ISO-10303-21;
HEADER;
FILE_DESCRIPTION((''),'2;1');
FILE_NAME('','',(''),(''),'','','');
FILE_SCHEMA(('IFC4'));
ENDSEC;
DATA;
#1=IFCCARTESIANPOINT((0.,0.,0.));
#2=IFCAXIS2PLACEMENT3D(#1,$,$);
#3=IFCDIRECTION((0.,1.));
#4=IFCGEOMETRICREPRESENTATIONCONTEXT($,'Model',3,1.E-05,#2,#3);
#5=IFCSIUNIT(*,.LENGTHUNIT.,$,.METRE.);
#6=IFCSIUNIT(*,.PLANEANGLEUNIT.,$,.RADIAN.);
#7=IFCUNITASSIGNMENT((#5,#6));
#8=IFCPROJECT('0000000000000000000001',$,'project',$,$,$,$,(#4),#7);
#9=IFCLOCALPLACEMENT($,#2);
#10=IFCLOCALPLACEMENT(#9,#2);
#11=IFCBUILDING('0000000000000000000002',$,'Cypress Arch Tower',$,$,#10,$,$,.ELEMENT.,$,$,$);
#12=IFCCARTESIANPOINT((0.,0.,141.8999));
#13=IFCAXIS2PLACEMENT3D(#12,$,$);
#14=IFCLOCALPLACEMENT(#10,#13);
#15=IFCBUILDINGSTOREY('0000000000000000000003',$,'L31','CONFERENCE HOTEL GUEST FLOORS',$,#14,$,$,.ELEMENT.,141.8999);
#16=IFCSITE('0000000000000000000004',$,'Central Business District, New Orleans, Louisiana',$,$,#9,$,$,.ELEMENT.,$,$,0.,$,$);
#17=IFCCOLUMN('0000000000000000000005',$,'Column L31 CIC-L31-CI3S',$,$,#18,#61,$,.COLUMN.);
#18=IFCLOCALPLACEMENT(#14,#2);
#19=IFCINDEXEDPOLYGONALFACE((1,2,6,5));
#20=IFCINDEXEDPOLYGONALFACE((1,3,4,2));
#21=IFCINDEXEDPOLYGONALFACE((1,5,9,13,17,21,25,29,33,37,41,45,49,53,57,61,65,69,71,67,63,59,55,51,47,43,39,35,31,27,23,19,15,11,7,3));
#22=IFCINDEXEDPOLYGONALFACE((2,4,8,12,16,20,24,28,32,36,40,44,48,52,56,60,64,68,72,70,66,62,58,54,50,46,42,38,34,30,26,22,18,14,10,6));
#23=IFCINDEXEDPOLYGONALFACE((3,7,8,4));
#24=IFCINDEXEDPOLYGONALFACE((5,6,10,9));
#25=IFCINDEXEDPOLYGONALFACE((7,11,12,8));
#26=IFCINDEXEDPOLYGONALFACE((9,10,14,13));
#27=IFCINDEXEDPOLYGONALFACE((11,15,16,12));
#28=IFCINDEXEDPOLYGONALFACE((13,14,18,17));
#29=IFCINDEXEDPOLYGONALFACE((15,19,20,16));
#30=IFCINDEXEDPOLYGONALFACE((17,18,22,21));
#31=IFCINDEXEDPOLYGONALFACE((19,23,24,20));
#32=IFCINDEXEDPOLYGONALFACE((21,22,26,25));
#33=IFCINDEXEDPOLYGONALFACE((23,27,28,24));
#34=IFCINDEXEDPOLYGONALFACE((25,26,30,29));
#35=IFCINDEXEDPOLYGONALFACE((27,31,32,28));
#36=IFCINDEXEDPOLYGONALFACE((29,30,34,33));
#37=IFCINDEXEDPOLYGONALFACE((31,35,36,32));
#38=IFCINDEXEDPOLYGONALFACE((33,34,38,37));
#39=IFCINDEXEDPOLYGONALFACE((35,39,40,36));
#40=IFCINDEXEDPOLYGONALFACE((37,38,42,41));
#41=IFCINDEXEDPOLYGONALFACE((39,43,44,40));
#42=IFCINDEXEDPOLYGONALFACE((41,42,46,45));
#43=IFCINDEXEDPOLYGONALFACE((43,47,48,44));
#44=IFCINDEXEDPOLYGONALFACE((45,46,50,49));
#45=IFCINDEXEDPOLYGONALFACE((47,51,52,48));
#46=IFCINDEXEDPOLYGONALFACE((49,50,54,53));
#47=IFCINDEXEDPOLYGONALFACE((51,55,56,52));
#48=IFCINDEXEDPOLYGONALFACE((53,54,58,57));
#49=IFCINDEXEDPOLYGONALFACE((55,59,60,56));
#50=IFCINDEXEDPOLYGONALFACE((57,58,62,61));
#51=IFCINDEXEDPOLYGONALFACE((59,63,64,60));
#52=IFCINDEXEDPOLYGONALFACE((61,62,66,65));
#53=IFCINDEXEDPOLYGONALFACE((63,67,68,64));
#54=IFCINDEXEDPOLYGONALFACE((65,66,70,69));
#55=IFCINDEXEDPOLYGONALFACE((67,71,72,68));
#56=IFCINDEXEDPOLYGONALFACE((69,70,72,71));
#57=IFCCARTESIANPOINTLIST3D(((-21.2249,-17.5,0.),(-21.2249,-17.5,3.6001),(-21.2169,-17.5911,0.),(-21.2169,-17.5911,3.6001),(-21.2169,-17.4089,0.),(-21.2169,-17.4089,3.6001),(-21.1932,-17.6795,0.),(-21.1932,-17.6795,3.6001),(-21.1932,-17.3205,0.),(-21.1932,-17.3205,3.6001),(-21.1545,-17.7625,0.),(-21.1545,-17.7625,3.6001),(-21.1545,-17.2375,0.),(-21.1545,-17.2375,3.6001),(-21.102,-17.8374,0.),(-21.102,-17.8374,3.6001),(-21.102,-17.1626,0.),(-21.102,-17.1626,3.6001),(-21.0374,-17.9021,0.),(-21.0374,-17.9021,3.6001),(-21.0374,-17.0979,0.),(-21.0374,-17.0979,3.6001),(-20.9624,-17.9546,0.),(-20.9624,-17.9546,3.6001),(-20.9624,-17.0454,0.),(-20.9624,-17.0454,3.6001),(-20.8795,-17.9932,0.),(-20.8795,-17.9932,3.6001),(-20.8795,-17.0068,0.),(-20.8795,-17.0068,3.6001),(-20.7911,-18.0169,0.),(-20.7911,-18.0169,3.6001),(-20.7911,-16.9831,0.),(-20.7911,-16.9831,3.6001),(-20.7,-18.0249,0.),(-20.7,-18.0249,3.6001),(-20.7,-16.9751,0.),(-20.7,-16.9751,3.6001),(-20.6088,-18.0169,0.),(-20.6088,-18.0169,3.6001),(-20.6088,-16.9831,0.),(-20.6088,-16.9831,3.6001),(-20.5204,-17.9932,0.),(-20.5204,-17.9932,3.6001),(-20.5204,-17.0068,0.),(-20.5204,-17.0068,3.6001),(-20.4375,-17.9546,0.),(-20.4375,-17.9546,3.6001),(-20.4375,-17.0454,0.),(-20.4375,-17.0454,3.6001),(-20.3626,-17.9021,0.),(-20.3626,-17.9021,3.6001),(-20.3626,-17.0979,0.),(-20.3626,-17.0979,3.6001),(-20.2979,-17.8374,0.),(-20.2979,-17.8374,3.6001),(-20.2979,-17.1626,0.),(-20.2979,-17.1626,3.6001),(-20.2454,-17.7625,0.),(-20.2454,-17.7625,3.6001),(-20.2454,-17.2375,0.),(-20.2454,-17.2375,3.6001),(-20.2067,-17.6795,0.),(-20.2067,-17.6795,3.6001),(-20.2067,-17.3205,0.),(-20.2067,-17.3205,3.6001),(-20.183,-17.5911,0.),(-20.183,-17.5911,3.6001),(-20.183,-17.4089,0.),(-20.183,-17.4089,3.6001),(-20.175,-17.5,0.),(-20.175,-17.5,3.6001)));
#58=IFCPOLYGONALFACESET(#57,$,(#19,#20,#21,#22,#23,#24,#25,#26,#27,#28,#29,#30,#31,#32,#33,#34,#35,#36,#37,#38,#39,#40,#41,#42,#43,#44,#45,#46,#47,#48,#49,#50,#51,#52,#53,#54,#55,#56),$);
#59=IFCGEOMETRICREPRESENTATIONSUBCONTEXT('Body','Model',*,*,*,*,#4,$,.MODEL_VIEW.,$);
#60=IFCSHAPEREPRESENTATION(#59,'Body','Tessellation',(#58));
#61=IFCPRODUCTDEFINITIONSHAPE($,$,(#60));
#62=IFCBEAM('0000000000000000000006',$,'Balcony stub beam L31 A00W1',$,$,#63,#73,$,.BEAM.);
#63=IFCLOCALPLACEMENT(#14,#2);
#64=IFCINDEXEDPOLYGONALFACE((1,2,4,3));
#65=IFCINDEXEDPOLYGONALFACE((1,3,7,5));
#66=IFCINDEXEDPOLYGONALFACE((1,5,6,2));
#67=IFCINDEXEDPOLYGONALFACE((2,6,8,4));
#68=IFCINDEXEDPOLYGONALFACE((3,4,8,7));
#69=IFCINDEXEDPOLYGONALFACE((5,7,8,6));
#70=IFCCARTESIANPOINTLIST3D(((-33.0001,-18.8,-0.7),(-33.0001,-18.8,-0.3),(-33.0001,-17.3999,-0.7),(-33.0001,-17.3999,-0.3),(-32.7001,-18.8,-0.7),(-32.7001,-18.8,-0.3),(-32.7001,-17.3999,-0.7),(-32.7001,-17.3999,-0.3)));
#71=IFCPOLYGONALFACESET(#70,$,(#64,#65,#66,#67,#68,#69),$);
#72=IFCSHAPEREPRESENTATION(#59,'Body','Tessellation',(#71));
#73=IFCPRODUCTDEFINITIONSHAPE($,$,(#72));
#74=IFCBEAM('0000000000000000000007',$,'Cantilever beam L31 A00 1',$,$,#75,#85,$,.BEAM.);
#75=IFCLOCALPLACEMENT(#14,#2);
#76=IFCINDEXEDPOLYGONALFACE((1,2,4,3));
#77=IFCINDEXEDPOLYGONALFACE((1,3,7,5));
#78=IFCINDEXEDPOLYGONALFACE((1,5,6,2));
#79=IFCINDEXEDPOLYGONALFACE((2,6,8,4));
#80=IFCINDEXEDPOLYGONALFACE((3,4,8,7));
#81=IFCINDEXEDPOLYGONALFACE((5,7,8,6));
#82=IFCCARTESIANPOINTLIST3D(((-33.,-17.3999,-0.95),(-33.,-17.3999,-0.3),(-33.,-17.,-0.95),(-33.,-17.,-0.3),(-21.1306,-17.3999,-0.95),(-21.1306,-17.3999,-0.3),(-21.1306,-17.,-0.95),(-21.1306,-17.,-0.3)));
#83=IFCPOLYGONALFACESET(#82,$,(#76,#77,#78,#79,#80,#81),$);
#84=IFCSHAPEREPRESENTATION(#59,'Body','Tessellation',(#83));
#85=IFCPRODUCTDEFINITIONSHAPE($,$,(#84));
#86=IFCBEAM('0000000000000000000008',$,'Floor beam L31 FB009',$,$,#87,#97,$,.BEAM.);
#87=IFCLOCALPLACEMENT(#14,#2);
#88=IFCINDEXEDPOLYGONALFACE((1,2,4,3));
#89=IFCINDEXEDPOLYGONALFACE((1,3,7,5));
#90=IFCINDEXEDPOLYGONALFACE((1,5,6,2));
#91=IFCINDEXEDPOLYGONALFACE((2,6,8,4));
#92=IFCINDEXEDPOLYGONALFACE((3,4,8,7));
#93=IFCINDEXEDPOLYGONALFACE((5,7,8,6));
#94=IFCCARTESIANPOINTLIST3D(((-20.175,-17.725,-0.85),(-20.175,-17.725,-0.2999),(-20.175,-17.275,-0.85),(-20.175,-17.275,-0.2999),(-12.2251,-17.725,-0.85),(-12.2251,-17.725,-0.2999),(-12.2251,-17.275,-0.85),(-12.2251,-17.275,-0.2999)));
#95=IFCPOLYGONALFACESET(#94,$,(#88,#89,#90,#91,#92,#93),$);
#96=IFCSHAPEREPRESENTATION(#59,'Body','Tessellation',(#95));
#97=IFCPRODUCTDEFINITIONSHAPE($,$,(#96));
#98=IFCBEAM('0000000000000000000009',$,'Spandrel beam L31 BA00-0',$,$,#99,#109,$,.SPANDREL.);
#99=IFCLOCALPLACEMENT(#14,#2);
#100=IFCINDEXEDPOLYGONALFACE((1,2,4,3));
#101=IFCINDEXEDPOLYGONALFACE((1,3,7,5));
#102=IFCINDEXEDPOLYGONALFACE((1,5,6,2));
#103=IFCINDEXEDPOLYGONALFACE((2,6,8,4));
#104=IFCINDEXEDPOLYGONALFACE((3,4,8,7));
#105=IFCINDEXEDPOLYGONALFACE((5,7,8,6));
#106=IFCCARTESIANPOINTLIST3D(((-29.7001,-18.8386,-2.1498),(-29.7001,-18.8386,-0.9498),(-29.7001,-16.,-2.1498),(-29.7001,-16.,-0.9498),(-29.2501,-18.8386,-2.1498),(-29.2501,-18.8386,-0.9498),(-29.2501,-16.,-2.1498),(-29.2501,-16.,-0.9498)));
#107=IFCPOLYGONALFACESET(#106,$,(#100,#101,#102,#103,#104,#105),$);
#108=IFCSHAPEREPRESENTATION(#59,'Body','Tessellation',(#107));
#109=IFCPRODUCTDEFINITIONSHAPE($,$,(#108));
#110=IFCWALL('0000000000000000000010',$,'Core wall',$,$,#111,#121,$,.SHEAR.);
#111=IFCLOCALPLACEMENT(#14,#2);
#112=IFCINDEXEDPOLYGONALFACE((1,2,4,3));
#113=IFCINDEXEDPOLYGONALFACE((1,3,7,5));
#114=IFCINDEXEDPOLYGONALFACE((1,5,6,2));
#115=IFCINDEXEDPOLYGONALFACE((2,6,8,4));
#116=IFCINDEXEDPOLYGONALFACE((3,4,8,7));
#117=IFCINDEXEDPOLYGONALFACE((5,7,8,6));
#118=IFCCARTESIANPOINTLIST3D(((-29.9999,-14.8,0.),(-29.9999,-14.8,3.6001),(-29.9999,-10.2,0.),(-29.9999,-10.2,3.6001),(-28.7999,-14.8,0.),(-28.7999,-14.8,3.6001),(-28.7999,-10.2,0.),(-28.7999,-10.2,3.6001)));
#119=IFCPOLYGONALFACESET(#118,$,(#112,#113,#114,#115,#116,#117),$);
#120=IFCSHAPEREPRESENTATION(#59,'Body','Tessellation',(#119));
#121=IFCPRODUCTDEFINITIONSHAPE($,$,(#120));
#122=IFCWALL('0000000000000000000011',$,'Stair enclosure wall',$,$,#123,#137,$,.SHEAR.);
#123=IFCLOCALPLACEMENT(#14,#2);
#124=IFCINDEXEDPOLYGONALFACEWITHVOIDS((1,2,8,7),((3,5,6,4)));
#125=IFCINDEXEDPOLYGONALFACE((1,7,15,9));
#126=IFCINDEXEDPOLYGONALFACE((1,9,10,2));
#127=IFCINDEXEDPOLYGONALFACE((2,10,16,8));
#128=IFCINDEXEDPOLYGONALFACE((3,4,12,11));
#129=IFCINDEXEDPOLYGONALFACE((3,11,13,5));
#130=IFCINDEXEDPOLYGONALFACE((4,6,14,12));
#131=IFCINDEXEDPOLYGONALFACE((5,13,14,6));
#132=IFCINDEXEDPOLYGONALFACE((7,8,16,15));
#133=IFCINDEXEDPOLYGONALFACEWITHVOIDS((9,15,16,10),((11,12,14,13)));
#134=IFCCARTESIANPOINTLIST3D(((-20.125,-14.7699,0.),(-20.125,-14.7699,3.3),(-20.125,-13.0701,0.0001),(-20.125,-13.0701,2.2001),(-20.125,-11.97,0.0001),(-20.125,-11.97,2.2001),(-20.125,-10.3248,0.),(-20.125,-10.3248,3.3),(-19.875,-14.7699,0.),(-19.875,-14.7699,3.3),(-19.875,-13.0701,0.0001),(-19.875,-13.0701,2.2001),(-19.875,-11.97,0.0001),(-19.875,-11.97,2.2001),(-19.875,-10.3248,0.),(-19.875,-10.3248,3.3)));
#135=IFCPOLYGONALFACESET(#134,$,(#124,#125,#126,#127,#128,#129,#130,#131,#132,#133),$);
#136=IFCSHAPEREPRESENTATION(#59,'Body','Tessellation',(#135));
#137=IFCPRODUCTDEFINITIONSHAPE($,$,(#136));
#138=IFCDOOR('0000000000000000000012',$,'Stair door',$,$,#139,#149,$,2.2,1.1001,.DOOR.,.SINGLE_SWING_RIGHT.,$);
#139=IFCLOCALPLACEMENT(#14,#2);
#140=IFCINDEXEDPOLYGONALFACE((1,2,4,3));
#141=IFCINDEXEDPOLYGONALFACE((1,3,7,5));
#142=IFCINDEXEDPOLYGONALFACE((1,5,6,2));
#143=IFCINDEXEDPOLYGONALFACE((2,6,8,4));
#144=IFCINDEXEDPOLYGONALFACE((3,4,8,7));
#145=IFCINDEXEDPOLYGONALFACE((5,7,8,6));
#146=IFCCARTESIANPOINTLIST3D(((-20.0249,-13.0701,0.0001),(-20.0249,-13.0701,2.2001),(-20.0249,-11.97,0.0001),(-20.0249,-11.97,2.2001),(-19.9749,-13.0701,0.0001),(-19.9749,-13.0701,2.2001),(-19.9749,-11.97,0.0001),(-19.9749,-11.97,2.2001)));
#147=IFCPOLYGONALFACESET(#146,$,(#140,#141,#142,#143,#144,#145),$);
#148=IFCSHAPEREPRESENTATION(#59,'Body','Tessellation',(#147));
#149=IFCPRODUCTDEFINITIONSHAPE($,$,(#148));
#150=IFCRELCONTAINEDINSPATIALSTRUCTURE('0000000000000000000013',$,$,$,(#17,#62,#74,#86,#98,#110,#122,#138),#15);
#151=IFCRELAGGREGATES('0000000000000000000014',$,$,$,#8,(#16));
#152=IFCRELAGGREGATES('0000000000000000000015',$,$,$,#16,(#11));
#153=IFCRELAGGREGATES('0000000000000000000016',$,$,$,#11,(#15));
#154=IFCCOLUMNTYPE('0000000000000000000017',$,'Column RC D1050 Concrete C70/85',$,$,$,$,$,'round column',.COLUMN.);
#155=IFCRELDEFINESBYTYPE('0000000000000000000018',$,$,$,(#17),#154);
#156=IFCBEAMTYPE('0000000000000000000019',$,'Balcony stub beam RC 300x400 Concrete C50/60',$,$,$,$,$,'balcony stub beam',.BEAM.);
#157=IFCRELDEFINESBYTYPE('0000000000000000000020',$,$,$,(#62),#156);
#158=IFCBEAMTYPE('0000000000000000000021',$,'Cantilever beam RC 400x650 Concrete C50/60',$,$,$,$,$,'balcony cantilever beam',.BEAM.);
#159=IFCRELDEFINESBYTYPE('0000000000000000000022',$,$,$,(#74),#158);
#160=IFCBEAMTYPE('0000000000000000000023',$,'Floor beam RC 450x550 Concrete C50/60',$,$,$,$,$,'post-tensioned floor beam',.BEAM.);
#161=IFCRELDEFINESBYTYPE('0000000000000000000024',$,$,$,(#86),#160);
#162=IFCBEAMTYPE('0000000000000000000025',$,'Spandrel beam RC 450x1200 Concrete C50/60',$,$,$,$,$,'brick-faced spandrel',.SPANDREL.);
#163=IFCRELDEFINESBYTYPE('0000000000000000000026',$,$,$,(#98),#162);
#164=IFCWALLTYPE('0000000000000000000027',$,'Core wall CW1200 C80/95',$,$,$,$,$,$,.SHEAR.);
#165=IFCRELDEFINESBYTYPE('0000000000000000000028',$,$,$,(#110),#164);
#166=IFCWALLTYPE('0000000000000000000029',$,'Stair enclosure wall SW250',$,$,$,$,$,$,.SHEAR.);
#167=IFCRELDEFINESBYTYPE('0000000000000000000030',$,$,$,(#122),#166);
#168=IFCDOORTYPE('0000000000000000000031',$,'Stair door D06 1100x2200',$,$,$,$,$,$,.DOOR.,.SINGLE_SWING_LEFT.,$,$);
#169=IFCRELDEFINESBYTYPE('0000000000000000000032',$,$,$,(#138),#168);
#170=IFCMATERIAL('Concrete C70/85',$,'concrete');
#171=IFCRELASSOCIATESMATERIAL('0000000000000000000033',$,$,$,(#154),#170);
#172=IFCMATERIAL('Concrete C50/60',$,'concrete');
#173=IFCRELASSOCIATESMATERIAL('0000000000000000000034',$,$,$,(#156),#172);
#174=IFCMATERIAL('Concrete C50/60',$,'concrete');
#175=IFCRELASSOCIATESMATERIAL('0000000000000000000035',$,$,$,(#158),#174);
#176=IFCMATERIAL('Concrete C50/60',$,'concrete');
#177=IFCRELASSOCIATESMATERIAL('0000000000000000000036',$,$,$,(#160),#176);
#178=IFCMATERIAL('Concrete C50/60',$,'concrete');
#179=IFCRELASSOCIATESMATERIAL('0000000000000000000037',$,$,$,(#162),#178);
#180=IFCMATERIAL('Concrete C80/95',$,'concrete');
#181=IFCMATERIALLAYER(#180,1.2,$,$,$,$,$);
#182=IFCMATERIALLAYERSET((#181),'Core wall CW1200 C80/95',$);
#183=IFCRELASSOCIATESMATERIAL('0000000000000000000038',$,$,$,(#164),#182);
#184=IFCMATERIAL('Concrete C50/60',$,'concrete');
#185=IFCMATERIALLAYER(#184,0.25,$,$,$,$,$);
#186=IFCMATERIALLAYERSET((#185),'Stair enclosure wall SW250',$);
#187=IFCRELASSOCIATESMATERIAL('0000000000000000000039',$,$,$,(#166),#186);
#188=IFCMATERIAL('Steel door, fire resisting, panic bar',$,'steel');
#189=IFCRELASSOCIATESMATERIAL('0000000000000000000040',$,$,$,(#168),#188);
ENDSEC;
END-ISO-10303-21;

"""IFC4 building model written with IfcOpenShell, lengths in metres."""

from ifc_helpers import new_model, si_unit, direction, frame, frame_2d, origin, origin_2d, place, context, subcontext, project, spatial, rectangle, circle, extrude, material, layer, layer_set, material_profile, profile_set, type_object, element, fill, save


model = new_model("IFC4")

# Units and contexts
model_context = context("Model", 3, precision=1e-05, world=origin(), true_north=direction((0.0, 1.0)))
body_context = subcontext(model_context, "Body", "Model", "MODEL_VIEW")
ifc_project = project(units=[si_unit("LENGTHUNIT", "METRE"), si_unit("PLANEANGLEUNIT", "RADIAN")], contexts=[model_context])

# Site, building, storey
site_placement = place(None, origin())
site = spatial("IfcSite", under=ifc_project, at=site_placement, Name="Central Business District, New Orleans, Louisiana", CompositionType="ELEMENT", RefElevation=0.0)
building_placement = place(site_placement, origin())
building = spatial("IfcBuilding", under=site, at=building_placement, Name="Cypress Arch Tower", CompositionType="ELEMENT")
storey_placement = place(building_placement, frame((0.0, 0.0, 141.8999)))
storey = spatial("IfcBuildingStorey", under=building, at=storey_placement, Name="L31", Description="CONFERENCE HOTEL GUEST FLOORS", CompositionType="ELEMENT", Elevation=141.8999)

# Column
ifc_material_1 = material(Name="Concrete C70/85", Category="concrete")
ifc_material_profile_1 = material_profile(ifc_material_1, circle(Radius=0.5249, at=origin_2d()), Name="RC D1050")
ifc_profile_set_1 = profile_set([ifc_material_profile_1], Name="Concrete C70/85")
column_type = type_object("IfcColumnType", Name="Column RC D1050 Concrete C70/85", ElementType="round column", PredefinedType="COLUMN", material=ifc_profile_set_1)
column_placement = place(storey_placement, frame((-20.7, -17.5, 0.0), z_axis=(0.0, 0.0, 1.0), x_axis=(1.0, 0.0, 0.0)))
element("IfcColumn", 1, at=column_placement, inside=storey, type_object=column_type, Name="Column L31 CIC-L31-CI3S", PredefinedType="COLUMN", context=body_context, shape_type="SweptSolid", body=[
    extrude(circle(Radius=0.5249, at=origin_2d()), origin(), (0.0, 0.0, 1.0), 3.6001),
])

# Beams
ifc_material_2 = material(Name="Concrete C50/60", Category="concrete")
ifc_material_profile_2 = material_profile(ifc_material_2, rectangle(XDim=0.3, YDim=0.3999, at=origin_2d()), Name="RC 300x400")
ifc_profile_set_2 = profile_set([ifc_material_profile_2], Name="Concrete C50/60")
beam_type_1 = type_object("IfcBeamType", Name="Balcony stub beam RC 300x400 Concrete C50/60", ElementType="balcony stub beam", PredefinedType="BEAM", material=ifc_profile_set_2)
beam_1_placement = place(storey_placement, frame((-32.8501, -17.3999, -0.5), z_axis=(0.0, -1.0, 0.0), x_axis=(1.0, 0.0, 0.0)))
element("IfcBeam", 2, at=beam_1_placement, inside=storey, type_object=beam_type_1, Name="Balcony stub beam L31 A00W1", PredefinedType="BEAM", context=body_context, shape_type="SweptSolid", body=[
    extrude(rectangle(XDim=0.3, YDim=0.3999, at=origin_2d()), origin(), (0.0, 0.0, 1.0), 1.4001),
])
ifc_material_3 = material(Name="Concrete C50/60", Category="concrete")
ifc_material_profile_3 = material_profile(ifc_material_3, rectangle(XDim=0.3999, YDim=0.6499, at=origin_2d()), Name="RC 400x650")
ifc_profile_set_3 = profile_set([ifc_material_profile_3], Name="Concrete C50/60")
beam_type_2 = type_object("IfcBeamType", Name="Cantilever beam RC 400x650 Concrete C50/60", ElementType="balcony cantilever beam", PredefinedType="BEAM", material=ifc_profile_set_3)
beam_2_placement = place(storey_placement, frame((-21.1306, -17.2, -0.625), z_axis=(-1.0, 0.0, 0.0), x_axis=(0.0, -1.0, 0.0)))
element("IfcBeam", 3, at=beam_2_placement, inside=storey, type_object=beam_type_2, Name="Cantilever beam L31 A00 1", PredefinedType="BEAM", context=body_context, shape_type="SweptSolid", body=[
    extrude(rectangle(XDim=0.3999, YDim=0.6499, at=origin_2d()), origin(), (0.0, 0.0, 1.0), 11.8694),
])
ifc_material_4 = material(Name="Concrete C50/60", Category="concrete")
ifc_material_profile_4 = material_profile(ifc_material_4, rectangle(XDim=0.45, YDim=0.55, at=origin_2d()), Name="RC 450x550")
ifc_profile_set_4 = profile_set([ifc_material_profile_4], Name="Concrete C50/60")
beam_type_3 = type_object("IfcBeamType", Name="Floor beam RC 450x550 Concrete C50/60", ElementType="post-tensioned floor beam", PredefinedType="BEAM", material=ifc_profile_set_4)
beam_3_placement = place(storey_placement, frame((-20.175, -17.5, -0.575), z_axis=(1.0, 0.0, 0.0), x_axis=(0.0, 1.0, 0.0)))
element("IfcBeam", 4, at=beam_3_placement, inside=storey, type_object=beam_type_3, Name="Floor beam L31 FB009", PredefinedType="BEAM", context=body_context, shape_type="SweptSolid", body=[
    extrude(rectangle(XDim=0.45, YDim=0.55, at=origin_2d()), origin(), (0.0, 0.0, 1.0), 7.95),
])
ifc_material_5 = material(Name="Concrete C50/60", Category="concrete")
ifc_material_profile_5 = material_profile(ifc_material_5, rectangle(XDim=0.45, YDim=1.2, at=origin_2d()), Name="RC 450x1200")
ifc_profile_set_5 = profile_set([ifc_material_profile_5], Name="Concrete C50/60")
beam_type_4 = type_object("IfcBeamType", Name="Spandrel beam RC 450x1200 Concrete C50/60", ElementType="brick-faced spandrel", PredefinedType="SPANDREL", material=ifc_profile_set_5)
beam_4_placement = place(storey_placement, frame((-29.4751, -16.0, -1.5498), z_axis=(0.0, -1.0, 0.0), x_axis=(1.0, 0.0, 0.0)))
element("IfcBeam", 5, at=beam_4_placement, inside=storey, type_object=beam_type_4, Name="Spandrel beam L31 BA00-0", PredefinedType="SPANDREL", context=body_context, shape_type="SweptSolid", body=[
    extrude(rectangle(XDim=0.45, YDim=1.2, at=origin_2d()), origin(), (0.0, 0.0, 1.0), 2.8386),
])

# Shared definitions
ifc_material_6 = material(Name="Concrete C80/95", Category="concrete")
ifc_layer_1 = layer(ifc_material_6, 1.2)
ifc_layer_set_1 = layer_set([ifc_layer_1], Name="Core wall CW1200 C80/95")
wall_type_1 = type_object("IfcWallType", Name="Core wall CW1200 C80/95", PredefinedType="SHEAR", material=ifc_layer_set_1)

# Wall
wall_1_placement = place(storey_placement, frame((-29.3999, -14.8, 0.0), z_axis=(0.0, 0.0, 1.0), x_axis=(0.0, 1.0, 0.0)))
element("IfcWall", 6, at=wall_1_placement, inside=storey, type_object=wall_type_1, Name="Core wall", PredefinedType="SHEAR", context=body_context, shape_type="SweptSolid", body=[
    extrude(rectangle(XDim=4.6001, YDim=1.2, at=frame_2d((2.3, 0.0))), origin(), (0.0, 0.0, 1.0), 3.6001),
])

# Wall, opening, door
ifc_material_7 = material(Name="Concrete C50/60", Category="concrete")
ifc_layer_2 = layer(ifc_material_7, 0.25)
ifc_layer_set_2 = layer_set([ifc_layer_2], Name="Stair enclosure wall SW250")
wall_type_2 = type_object("IfcWallType", Name="Stair enclosure wall SW250", PredefinedType="SHEAR", material=ifc_layer_set_2)
wall_2_placement = place(storey_placement, frame((-20.0, -14.77, 0.0), z_axis=(0.0, 0.0, 1.0), x_axis=(0.0, 1.0, 0.0)))
wall_2 = element("IfcWall", 7, at=wall_2_placement, inside=storey, type_object=wall_type_2, Name="Stair enclosure wall", PredefinedType="SHEAR", context=body_context, shape_type="SweptSolid", body=[
    extrude(rectangle(XDim=4.4451, YDim=0.25, at=frame_2d((2.2227, 0.0))), origin(), (0.0, 0.0, 1.0), 3.3),
])
opening_1_placement = place(wall_2_placement, frame((1.7, 0.0, 0.0)))
opening_1 = element("IfcOpeningElement", 8, at=opening_1_placement, cuts=wall_2, PredefinedType="OPENING", context=body_context, shape_type="SweptSolid", body=[
    extrude(rectangle(XDim=1.1001, YDim=2.2, at=frame_2d((0.55, 1.1001))), frame((0.0, 0.135, 0.0), z_axis=(0.0, -1.0, 0.0), x_axis=(1.0, 0.0, 0.0)), (0.0, 0.0, 1.0), 0.27),
])
ifc_material_8 = material(Name="Steel door, fire resisting, panic bar", Category="steel")
door_type_1 = type_object("IfcDoorType", Name="Stair door D06 1100x2200", OperationType="SINGLE_SWING_LEFT", PredefinedType="DOOR", material=ifc_material_8)
door_1_placement = place(opening_1_placement, origin())
door_1 = element("IfcDoor", 9, at=door_1_placement, inside=storey, type_object=door_type_1, Name="Stair door", OperationType="SINGLE_SWING_RIGHT", OverallHeight=2.2, OverallWidth=1.1001, PredefinedType="DOOR", context=body_context, shape_type="SweptSolid", body=[
    extrude(rectangle(XDim=1.1001, YDim=2.2, at=frame_2d((0.55, 1.1001))), frame((0.0, 0.0249, 0.0), z_axis=(0.0, -1.0, 0.0), x_axis=(1.0, 0.0, 0.0)), (0.0, 0.0, 1.0), 0.05),
])
fill(opening_1, door_1)

save(model, "model.ifc")
